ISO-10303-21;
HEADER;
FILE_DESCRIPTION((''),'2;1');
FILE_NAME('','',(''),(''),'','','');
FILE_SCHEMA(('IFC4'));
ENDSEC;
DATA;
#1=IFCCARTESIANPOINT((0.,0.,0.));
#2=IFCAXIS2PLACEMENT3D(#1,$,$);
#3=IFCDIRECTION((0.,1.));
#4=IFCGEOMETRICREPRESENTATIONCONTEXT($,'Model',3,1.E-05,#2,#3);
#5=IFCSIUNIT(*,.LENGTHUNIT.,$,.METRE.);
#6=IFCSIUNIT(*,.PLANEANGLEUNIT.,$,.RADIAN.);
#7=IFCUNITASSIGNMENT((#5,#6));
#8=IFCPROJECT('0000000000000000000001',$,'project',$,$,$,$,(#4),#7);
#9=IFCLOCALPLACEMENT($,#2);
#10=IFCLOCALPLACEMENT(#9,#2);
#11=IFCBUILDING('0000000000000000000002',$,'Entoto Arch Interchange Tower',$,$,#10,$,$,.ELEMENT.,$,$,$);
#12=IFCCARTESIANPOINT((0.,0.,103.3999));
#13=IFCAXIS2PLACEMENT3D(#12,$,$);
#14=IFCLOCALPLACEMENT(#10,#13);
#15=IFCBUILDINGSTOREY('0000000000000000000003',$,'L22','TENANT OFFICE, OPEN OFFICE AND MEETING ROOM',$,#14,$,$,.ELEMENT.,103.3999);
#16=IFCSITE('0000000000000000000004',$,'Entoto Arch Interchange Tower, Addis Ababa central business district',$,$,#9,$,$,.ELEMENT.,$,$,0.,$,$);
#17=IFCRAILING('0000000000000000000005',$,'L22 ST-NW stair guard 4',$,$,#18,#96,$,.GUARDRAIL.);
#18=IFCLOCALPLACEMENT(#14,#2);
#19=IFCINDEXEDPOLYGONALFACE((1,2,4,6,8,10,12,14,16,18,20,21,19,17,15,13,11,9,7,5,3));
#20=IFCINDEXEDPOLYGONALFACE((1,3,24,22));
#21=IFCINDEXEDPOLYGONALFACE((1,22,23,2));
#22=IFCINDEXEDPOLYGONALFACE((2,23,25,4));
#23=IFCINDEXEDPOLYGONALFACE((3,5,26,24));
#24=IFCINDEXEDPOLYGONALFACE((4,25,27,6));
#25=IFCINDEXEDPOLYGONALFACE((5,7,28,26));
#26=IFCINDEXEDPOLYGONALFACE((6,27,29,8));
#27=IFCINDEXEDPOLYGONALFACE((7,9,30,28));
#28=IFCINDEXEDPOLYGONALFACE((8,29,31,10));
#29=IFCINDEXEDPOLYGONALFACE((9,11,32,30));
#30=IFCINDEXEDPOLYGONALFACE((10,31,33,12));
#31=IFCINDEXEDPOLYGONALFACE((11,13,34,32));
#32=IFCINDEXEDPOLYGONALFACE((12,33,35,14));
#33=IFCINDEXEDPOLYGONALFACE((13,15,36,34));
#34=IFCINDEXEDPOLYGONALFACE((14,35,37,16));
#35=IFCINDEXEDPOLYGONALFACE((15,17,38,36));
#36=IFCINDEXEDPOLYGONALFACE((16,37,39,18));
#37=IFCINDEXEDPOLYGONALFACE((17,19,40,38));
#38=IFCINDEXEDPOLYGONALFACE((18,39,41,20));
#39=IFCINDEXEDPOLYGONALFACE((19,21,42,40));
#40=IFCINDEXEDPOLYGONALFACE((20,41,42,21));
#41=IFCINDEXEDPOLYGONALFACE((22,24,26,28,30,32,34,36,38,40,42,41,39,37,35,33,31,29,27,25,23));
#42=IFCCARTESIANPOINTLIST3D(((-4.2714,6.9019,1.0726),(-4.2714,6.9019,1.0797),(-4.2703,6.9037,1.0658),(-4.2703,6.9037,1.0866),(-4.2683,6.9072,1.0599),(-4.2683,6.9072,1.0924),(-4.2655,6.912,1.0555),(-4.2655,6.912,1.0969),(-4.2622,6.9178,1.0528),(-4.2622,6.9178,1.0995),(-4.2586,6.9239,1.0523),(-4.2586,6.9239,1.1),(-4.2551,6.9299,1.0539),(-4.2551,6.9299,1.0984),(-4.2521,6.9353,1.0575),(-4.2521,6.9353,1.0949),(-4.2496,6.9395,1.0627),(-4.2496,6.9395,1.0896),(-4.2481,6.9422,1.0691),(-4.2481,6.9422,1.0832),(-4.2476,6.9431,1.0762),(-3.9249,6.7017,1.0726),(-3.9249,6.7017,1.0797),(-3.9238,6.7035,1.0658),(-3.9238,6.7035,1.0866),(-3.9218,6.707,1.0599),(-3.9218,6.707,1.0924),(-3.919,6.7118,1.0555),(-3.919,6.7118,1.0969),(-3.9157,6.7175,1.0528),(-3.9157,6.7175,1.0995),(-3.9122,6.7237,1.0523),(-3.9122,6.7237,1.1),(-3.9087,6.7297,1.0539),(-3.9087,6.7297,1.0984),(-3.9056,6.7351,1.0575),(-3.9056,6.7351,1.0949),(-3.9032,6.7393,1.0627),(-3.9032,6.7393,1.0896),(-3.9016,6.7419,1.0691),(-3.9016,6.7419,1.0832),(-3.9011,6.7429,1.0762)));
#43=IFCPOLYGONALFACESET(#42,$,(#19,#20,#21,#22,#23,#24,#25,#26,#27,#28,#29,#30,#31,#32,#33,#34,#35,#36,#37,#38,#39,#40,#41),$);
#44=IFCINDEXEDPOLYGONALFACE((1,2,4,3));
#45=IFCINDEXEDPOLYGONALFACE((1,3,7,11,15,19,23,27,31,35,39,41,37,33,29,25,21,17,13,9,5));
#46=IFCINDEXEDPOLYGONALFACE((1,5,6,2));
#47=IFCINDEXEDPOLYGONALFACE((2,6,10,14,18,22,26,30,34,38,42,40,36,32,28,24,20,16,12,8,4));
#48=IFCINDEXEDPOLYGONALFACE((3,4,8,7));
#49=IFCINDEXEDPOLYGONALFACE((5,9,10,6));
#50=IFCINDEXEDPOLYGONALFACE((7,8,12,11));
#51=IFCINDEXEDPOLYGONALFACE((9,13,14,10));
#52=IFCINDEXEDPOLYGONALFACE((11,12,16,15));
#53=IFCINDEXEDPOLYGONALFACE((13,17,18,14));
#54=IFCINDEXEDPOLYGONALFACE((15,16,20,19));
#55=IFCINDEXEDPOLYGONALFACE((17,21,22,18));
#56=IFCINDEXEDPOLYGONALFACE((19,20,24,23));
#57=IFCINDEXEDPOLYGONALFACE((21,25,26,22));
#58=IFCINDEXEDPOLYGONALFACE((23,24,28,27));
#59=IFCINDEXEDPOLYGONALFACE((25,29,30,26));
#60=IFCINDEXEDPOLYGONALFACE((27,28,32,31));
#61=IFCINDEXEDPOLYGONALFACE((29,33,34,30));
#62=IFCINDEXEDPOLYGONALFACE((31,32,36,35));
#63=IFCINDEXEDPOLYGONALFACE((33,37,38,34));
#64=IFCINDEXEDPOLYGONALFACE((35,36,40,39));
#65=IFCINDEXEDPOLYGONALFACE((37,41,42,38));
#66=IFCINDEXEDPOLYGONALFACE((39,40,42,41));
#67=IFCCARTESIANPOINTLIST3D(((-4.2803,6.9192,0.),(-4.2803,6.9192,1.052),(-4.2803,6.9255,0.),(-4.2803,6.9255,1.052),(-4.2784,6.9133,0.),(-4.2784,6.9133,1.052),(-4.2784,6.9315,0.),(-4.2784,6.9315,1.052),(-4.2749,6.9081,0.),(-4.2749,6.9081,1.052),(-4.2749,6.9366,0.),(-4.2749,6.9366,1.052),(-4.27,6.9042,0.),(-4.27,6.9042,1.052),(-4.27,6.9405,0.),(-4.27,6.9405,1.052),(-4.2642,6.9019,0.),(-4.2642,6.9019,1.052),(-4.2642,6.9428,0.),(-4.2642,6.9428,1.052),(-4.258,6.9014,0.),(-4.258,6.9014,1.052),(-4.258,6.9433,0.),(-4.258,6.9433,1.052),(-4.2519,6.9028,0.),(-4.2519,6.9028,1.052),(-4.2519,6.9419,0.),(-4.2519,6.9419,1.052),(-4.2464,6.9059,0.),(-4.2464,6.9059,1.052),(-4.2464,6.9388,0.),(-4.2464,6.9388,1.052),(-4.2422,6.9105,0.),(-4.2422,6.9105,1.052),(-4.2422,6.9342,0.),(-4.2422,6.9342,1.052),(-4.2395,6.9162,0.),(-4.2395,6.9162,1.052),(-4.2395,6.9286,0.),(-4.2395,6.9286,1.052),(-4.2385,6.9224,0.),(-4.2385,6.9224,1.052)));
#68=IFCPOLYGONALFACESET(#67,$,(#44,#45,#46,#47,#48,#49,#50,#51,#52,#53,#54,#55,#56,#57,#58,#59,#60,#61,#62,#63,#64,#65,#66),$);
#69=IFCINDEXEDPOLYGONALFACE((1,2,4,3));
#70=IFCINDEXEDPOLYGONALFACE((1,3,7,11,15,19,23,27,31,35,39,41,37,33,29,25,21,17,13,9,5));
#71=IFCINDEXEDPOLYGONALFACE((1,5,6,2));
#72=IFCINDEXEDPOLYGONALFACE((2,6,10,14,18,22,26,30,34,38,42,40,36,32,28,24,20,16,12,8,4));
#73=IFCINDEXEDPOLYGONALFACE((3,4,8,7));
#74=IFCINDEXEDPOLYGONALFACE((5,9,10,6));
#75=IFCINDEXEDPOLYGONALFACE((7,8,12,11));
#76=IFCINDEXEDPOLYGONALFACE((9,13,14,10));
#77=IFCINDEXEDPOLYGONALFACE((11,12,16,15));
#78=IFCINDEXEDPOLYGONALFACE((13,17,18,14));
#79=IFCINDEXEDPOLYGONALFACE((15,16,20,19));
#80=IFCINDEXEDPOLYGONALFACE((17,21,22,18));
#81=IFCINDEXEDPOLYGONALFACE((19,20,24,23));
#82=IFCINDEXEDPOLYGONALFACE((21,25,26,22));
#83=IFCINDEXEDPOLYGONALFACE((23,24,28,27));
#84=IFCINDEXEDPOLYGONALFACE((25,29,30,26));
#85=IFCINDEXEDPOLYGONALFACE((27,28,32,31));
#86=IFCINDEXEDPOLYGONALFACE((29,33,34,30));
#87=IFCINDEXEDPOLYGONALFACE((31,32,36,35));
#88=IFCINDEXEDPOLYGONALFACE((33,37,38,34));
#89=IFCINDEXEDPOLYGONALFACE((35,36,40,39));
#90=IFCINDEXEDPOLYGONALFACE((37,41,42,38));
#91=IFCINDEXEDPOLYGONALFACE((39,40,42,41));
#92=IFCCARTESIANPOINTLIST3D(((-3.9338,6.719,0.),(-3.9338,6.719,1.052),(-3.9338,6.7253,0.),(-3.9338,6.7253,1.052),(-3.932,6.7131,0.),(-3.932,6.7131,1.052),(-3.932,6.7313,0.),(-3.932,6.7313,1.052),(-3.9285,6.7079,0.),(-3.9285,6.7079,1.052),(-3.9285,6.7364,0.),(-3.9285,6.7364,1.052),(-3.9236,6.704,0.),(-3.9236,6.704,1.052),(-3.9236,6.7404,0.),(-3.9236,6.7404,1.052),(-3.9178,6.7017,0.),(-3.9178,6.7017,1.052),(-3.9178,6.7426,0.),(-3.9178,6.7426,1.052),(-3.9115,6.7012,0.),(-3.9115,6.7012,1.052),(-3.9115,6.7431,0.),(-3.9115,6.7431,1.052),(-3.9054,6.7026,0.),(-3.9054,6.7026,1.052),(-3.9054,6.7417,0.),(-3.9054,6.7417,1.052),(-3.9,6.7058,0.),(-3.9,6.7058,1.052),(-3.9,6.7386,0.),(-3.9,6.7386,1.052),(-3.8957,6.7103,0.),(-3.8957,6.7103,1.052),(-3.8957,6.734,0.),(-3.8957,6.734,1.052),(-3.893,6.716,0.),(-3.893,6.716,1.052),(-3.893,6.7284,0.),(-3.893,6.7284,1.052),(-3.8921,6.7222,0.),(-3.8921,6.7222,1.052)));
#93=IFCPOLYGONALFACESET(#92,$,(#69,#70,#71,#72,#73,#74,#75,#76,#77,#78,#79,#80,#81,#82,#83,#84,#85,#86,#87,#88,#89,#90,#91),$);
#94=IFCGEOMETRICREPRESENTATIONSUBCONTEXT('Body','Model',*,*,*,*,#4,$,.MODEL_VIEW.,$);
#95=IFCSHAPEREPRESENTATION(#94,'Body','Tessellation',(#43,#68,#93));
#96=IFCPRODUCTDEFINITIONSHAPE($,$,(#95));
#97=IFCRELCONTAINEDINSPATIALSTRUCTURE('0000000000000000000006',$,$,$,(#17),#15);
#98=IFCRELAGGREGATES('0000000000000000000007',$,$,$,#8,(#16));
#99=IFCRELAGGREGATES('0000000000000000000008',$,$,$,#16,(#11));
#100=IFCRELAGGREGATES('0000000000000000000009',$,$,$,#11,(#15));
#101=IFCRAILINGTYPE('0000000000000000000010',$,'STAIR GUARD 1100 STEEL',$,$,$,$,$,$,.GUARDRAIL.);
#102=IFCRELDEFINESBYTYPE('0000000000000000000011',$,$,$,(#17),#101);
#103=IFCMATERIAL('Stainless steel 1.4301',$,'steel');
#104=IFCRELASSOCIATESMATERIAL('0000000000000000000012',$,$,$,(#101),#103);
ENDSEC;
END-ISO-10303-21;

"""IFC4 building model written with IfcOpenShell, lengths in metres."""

from ifc_helpers import new_model, si_unit, direction, frame, origin, origin_2d, place, context, subcontext, project, spatial, circle, extrude, material, type_object, element, save


model = new_model("IFC4")

# Units and contexts
model_context = context("Model", 3, precision=1e-05, world=origin(), true_north=direction((0.0, 1.0)))
body_context = subcontext(model_context, "Body", "Model", "MODEL_VIEW")
ifc_project = project(units=[si_unit("LENGTHUNIT", "METRE"), si_unit("PLANEANGLEUNIT", "RADIAN")], contexts=[model_context])

# Site, building, storey
site_placement = place(None, origin())
site = spatial("IfcSite", under=ifc_project, at=site_placement, Name="Entoto Arch Interchange Tower, Addis Ababa central business district", CompositionType="ELEMENT", RefElevation=0.0)
building_placement = place(site_placement, origin())
building = spatial("IfcBuilding", under=site, at=building_placement, Name="Entoto Arch Interchange Tower", CompositionType="ELEMENT")
storey_placement = place(building_placement, frame((0.0, 0.0, 103.3999)))
storey = spatial("IfcBuildingStorey", under=building, at=storey_placement, Name="L22", Description="TENANT OFFICE, OPEN OFFICE AND MEETING ROOM", CompositionType="ELEMENT", Elevation=103.3999)

# Railing
ifc_material_1 = material(Name="Stainless steel 1.4301", Category="steel")
railing_type_1 = type_object("IfcRailingType", Name="STAIR GUARD 1100 STEEL", PredefinedType="GUARDRAIL", material=ifc_material_1)
railing_1_placement = place(storey_placement, frame((-4.2595, 6.9224, 0.0)))
element("IfcRailing", 1, at=railing_1_placement, inside=storey, type_object=railing_type_1, Name="L22 ST-NW stair guard 4", PredefinedType="GUARDRAIL", context=body_context, shape_type="SweptSolid", body=[
    extrude(circle(Radius=0.0239, at=origin_2d()), frame((0.0, 0.0, 1.0762), z_axis=(0.86583, -0.500339, 0.0), x_axis=(0.500339, 0.86583, 0.0)), (0.0, 0.0, 1.0), 0.4001),
    extrude(circle(Radius=0.021, at=origin_2d()), origin(), (0.0, 0.0, 1.0), 1.052),
    extrude(circle(Radius=0.021, at=origin_2d()), frame((0.3464, -0.2002, 0.0)), (0.0, 0.0, 1.0), 1.052),
])

save(model, "model.ifc")
